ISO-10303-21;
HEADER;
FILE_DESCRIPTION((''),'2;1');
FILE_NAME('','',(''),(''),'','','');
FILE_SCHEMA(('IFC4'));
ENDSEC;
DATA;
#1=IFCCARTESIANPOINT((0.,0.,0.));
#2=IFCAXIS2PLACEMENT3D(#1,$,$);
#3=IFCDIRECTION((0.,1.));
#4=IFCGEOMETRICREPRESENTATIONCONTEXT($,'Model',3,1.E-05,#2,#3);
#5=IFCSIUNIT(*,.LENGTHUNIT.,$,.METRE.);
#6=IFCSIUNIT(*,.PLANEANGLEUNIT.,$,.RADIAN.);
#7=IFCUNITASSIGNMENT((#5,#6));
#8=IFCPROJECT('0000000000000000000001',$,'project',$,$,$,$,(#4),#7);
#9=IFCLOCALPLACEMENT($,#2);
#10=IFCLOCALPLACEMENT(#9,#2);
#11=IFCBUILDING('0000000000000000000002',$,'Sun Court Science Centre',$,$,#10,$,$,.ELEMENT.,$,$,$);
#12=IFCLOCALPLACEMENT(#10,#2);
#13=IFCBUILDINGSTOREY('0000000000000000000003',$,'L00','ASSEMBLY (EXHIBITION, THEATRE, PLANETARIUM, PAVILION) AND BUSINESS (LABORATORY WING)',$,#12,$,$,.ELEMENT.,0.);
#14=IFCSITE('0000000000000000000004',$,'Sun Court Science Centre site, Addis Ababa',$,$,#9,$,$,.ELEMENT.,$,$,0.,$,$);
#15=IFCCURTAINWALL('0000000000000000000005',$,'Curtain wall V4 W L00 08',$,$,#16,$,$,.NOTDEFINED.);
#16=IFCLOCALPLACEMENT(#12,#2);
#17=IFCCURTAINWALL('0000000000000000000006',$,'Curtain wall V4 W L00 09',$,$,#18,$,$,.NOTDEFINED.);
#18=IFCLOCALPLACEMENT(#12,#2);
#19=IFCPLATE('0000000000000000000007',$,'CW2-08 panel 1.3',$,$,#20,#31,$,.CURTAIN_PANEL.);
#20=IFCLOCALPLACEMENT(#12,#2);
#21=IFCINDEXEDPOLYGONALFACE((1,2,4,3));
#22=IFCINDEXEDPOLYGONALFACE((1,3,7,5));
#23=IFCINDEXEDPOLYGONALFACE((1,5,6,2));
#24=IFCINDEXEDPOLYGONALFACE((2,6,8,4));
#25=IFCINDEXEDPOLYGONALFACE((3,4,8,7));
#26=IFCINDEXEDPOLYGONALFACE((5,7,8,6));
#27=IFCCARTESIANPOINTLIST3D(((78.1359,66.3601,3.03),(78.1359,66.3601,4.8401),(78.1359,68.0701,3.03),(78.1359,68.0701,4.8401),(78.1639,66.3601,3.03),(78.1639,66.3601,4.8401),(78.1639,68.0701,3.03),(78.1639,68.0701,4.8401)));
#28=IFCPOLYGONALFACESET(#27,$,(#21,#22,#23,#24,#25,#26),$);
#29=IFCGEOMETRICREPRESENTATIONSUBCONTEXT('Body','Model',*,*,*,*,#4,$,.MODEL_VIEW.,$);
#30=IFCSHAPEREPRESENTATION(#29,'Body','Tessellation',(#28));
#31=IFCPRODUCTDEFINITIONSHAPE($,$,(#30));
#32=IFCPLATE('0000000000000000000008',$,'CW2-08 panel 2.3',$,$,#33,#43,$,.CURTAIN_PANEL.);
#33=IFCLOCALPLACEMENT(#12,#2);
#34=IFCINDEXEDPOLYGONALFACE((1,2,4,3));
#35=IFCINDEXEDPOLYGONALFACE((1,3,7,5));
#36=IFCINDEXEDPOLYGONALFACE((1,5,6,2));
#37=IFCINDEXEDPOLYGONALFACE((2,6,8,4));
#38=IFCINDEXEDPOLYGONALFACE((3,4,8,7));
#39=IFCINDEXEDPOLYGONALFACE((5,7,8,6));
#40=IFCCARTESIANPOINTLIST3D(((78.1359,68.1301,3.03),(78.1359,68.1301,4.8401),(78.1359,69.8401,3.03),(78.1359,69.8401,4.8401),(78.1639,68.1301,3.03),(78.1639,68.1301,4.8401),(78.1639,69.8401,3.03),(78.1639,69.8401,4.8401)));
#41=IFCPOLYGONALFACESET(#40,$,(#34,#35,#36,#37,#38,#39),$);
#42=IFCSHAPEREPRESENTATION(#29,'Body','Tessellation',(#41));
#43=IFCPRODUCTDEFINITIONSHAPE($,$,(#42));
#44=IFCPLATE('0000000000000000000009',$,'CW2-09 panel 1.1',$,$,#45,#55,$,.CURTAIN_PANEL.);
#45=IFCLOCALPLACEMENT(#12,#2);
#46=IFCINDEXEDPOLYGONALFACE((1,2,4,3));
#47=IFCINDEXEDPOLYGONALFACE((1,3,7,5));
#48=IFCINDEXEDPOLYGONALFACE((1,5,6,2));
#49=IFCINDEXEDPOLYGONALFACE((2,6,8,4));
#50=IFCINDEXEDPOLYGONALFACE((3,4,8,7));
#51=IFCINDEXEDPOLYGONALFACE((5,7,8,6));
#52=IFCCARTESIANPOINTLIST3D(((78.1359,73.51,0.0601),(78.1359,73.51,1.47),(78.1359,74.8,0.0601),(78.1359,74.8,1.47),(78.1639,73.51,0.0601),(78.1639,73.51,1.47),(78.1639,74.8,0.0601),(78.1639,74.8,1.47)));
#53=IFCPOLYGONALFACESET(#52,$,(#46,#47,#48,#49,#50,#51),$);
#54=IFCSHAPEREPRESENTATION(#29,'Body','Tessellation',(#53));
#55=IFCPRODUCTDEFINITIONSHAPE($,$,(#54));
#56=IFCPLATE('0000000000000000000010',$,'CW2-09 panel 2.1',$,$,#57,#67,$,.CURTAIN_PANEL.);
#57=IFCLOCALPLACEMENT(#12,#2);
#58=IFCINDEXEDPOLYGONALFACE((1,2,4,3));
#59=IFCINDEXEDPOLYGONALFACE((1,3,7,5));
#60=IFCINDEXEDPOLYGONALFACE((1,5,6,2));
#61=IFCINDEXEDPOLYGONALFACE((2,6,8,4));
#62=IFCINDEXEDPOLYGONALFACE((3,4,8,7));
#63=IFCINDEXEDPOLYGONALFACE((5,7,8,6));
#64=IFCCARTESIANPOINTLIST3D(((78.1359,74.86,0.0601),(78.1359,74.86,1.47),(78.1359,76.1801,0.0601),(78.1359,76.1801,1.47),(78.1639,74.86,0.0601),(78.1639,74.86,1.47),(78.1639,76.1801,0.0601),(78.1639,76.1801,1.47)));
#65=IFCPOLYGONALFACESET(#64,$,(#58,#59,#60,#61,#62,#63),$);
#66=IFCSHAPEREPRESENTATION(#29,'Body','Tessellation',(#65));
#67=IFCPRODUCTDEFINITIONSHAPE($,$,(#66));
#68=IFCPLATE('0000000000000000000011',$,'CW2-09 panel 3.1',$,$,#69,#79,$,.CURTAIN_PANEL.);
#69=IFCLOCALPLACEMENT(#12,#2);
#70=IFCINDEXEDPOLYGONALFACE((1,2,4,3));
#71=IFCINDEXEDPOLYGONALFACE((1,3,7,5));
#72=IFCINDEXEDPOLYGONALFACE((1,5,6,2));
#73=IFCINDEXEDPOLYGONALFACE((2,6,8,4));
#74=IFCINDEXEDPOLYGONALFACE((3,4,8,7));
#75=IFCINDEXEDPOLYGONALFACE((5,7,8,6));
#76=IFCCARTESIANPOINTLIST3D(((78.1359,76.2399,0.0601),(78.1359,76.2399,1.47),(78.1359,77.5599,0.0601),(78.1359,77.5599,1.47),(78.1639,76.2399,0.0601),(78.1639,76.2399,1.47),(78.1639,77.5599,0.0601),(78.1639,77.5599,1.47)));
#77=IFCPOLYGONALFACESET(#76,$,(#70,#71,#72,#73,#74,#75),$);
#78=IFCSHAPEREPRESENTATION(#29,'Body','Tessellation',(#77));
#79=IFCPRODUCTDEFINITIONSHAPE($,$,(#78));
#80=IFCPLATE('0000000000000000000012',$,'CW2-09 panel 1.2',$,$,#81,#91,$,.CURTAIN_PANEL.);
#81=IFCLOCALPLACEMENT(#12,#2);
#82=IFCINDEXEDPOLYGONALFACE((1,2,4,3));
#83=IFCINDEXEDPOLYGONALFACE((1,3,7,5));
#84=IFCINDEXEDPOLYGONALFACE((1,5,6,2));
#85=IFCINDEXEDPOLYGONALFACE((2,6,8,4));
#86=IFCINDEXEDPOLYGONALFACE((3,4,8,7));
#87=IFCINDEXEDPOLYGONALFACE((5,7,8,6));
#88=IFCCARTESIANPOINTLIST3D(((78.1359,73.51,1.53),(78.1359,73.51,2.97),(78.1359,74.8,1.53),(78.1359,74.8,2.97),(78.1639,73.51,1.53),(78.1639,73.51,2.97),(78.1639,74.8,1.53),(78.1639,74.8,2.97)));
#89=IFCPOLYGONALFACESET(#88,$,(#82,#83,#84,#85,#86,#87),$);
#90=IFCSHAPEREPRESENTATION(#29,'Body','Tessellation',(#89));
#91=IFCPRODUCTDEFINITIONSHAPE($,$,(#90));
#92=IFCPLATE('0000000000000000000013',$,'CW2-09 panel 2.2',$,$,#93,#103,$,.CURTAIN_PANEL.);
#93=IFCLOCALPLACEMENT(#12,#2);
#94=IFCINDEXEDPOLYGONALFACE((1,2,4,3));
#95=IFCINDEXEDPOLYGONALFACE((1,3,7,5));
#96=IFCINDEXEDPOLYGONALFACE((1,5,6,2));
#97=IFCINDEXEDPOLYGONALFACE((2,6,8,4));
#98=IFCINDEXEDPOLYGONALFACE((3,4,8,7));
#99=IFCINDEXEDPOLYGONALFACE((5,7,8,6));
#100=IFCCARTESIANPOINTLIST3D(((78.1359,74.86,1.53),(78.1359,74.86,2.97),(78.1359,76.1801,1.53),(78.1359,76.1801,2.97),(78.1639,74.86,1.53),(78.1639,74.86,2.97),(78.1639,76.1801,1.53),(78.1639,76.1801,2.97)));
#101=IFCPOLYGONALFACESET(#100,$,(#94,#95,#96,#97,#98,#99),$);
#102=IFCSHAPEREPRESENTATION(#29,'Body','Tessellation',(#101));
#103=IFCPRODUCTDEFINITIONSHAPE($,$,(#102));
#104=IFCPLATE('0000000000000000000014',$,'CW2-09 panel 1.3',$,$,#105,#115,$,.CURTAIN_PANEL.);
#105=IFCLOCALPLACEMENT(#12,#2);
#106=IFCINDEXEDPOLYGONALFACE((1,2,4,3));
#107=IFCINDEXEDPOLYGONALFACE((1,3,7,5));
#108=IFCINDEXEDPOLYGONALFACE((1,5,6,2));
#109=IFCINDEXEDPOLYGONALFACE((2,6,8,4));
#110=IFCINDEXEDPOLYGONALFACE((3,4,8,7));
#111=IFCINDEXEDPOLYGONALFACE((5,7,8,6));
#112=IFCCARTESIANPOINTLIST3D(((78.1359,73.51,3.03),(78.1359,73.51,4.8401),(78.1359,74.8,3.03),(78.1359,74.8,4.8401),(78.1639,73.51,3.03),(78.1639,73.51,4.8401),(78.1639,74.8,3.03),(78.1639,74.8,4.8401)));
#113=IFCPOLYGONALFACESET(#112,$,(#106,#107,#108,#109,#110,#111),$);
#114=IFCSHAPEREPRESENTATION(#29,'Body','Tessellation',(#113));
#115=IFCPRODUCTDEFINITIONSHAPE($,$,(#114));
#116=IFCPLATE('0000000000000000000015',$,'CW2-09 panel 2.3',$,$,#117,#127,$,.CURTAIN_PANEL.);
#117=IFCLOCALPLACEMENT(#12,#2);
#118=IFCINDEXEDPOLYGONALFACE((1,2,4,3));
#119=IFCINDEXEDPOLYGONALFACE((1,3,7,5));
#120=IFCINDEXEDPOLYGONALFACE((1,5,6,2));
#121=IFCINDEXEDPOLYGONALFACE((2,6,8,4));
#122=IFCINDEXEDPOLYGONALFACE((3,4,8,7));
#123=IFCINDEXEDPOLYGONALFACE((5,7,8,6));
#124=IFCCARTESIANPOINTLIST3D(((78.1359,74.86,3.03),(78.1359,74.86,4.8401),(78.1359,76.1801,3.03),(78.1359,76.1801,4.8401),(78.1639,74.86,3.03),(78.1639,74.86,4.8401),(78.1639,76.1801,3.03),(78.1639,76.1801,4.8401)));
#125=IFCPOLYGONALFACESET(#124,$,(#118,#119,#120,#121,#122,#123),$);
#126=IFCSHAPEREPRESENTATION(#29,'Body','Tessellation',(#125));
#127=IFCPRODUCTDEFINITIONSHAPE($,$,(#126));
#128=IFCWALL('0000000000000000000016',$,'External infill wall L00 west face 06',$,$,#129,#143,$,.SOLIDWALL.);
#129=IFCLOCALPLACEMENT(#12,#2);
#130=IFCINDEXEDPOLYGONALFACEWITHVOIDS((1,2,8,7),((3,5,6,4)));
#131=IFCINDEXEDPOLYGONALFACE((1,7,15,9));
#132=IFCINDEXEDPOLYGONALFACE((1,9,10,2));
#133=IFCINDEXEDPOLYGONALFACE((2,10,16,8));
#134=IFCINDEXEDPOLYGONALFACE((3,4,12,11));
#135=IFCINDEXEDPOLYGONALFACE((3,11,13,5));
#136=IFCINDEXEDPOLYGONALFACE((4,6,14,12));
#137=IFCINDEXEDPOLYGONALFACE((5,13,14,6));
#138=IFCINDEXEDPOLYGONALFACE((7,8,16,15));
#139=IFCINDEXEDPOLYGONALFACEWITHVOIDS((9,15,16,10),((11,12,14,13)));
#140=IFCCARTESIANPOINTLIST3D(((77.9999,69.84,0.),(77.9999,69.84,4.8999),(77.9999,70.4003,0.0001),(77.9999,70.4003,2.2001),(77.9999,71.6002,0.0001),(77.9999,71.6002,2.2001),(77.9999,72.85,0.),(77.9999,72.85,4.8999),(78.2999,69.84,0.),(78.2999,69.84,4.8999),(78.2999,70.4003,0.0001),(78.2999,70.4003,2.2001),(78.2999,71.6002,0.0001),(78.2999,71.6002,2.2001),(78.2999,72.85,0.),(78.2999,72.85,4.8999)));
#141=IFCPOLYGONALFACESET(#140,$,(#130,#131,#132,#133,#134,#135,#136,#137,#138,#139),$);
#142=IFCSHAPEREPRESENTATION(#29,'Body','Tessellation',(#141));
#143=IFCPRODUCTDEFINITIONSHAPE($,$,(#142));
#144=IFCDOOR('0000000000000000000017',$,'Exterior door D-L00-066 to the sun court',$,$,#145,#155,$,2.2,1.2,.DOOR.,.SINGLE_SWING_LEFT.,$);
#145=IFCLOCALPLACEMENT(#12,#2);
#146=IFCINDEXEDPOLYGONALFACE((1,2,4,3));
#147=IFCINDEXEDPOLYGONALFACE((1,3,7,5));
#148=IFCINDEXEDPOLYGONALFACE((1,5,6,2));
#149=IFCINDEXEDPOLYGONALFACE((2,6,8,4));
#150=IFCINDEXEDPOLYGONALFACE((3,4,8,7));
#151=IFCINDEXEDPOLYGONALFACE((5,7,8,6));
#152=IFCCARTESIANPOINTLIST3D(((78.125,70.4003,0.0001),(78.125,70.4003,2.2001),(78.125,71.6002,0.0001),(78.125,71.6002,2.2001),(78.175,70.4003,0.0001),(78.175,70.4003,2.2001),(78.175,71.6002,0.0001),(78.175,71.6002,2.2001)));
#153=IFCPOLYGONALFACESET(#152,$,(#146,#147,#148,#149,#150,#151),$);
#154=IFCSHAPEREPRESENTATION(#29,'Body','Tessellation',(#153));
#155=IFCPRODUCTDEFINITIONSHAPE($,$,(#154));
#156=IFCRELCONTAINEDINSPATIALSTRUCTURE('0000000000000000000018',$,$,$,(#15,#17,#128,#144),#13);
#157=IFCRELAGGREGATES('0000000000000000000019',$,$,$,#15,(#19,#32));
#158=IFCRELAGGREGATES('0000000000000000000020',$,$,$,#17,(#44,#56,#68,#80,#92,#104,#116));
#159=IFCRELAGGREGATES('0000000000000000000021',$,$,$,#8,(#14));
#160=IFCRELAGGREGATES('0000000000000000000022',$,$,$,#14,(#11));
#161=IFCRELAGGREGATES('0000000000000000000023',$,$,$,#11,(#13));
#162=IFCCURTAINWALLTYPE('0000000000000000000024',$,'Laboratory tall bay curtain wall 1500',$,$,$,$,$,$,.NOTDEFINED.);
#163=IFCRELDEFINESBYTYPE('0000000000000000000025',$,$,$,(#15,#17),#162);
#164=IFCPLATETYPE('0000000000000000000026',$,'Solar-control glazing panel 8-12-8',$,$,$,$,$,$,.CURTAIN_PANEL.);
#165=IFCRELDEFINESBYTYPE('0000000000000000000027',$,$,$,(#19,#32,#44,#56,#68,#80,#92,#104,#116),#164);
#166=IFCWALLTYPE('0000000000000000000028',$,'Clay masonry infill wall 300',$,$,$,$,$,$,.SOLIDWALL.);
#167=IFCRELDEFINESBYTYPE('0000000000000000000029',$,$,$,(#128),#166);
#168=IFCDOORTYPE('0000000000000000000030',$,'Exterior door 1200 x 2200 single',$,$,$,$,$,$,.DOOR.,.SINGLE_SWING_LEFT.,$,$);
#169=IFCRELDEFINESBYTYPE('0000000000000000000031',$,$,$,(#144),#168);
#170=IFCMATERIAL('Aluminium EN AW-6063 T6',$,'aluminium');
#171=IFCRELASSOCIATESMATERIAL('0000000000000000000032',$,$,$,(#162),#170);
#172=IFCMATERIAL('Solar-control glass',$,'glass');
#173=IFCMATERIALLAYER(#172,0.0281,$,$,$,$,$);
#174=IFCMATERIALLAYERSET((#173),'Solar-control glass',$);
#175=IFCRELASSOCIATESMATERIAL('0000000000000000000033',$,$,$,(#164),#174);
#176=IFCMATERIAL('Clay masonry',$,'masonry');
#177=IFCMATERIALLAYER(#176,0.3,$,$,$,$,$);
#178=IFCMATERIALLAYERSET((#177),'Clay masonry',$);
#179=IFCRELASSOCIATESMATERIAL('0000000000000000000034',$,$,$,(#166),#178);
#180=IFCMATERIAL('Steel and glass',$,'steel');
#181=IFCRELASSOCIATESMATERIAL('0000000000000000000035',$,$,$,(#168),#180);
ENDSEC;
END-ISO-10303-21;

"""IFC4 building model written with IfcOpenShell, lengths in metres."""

from ifc_helpers import new_model, si_unit, direction, frame, frame_2d, origin, origin_2d, place, context, subcontext, project, spatial, rectangle, extrude, material, layer, layer_set, type_object, element, fill, aggregate, save


model = new_model("IFC4")

# Units and contexts
model_context = context("Model", 3, precision=1e-05, world=origin(), true_north=direction((0.0, 1.0)))
body_context = subcontext(model_context, "Body", "Model", "MODEL_VIEW")
ifc_project = project(units=[si_unit("LENGTHUNIT", "METRE"), si_unit("PLANEANGLEUNIT", "RADIAN")], contexts=[model_context])

# Site, building, storey
site_placement = place(None, origin())
site = spatial("IfcSite", under=ifc_project, at=site_placement, Name="Sun Court Science Centre site, Addis Ababa", CompositionType="ELEMENT", RefElevation=0.0)
building_placement = place(site_placement, origin())
building = spatial("IfcBuilding", under=site, at=building_placement, Name="Sun Court Science Centre", CompositionType="ELEMENT")
storey_placement = place(building_placement, origin())
storey = spatial("IfcBuildingStorey", under=building, at=storey_placement, Name="L00", Description="ASSEMBLY (EXHIBITION, THEATRE, PLANETARIUM, PAVILION) AND BUSINESS (LABORATORY WING)", CompositionType="ELEMENT", Elevation=0.0)

# Curtain walls
ifc_material_1 = material(Name="Aluminium EN AW-6063 T6", Category="aluminium")
curtain_wall_type = type_object("IfcCurtainWallType", Name="Laboratory tall bay curtain wall 1500", PredefinedType="NOTDEFINED", material=ifc_material_1)
curtain_wall_1_placement = place(storey_placement, origin())
curtain_wall_1 = element("IfcCurtainWall", 1, at=curtain_wall_1_placement, inside=storey, type_object=curtain_wall_type, Name="Curtain wall V4 W L00 08", PredefinedType="NOTDEFINED")
curtain_wall_2_placement = place(storey_placement, origin())
curtain_wall_2 = element("IfcCurtainWall", 2, at=curtain_wall_2_placement, inside=storey, type_object=curtain_wall_type, Name="Curtain wall V4 W L00 09", PredefinedType="NOTDEFINED")

# Plates
ifc_material_2 = material(Name="Solar-control glass", Category="glass")
ifc_layer_1 = layer(ifc_material_2, 0.0281)
ifc_layer_set_1 = layer_set([ifc_layer_1], Name="Solar-control glass")
plate_type = type_object("IfcPlateType", Name="Solar-control glazing panel 8-12-8", PredefinedType="CURTAIN_PANEL", material=ifc_layer_set_1)
plate_1_placement = place(storey_placement, frame((78.1499, 67.2151, 3.03), z_axis=(0.0, 0.0, 1.0), x_axis=(0.0, 1.0, 0.0)))
plate_1 = element("IfcPlate", 3, at=plate_1_placement, type_object=plate_type, Name="CW2-08 panel 1.3", PredefinedType="CURTAIN_PANEL", context=body_context, shape_type="SweptSolid", body=[
    extrude(rectangle(XDim=1.71, YDim=0.0281, at=origin_2d()), origin(), (0.0, 0.0, 1.0), 1.8101),
])
plate_2_placement = place(storey_placement, frame((78.1499, 68.9851, 3.03), z_axis=(0.0, 0.0, 1.0), x_axis=(0.0, 1.0, 0.0)))
plate_2 = element("IfcPlate", 4, at=plate_2_placement, type_object=plate_type, Name="CW2-08 panel 2.3", PredefinedType="CURTAIN_PANEL", context=body_context, shape_type="SweptSolid", body=[
    extrude(rectangle(XDim=1.71, YDim=0.0281, at=origin_2d()), origin(), (0.0, 0.0, 1.0), 1.8101),
])
aggregate(curtain_wall_1, [plate_1, plate_2])
plate_3_placement = place(storey_placement, frame((78.1499, 74.155, 0.0601), z_axis=(0.0, 0.0, 1.0), x_axis=(0.0, 1.0, 0.0)))
plate_3 = element("IfcPlate", 5, at=plate_3_placement, type_object=plate_type, Name="CW2-09 panel 1.1", PredefinedType="CURTAIN_PANEL", context=body_context, shape_type="SweptSolid", body=[
    extrude(rectangle(XDim=1.29, YDim=0.0281, at=origin_2d()), origin(), (0.0, 0.0, 1.0), 1.4099),
])
plate_4_placement = place(storey_placement, frame((78.1499, 75.52, 0.0601), z_axis=(0.0, 0.0, 1.0), x_axis=(0.0, 1.0, 0.0)))
plate_4 = element("IfcPlate", 6, at=plate_4_placement, type_object=plate_type, Name="CW2-09 panel 2.1", PredefinedType="CURTAIN_PANEL", context=body_context, shape_type="SweptSolid", body=[
    extrude(rectangle(XDim=1.3201, YDim=0.0281, at=origin_2d()), origin(), (0.0, 0.0, 1.0), 1.4099),
])
plate_5_placement = place(storey_placement, frame((78.1499, 76.8999, 0.0601), z_axis=(0.0, 0.0, 1.0), x_axis=(0.0, 1.0, 0.0)))
plate_5 = element("IfcPlate", 7, at=plate_5_placement, type_object=plate_type, Name="CW2-09 panel 3.1", PredefinedType="CURTAIN_PANEL", context=body_context, shape_type="SweptSolid", body=[
    extrude(rectangle(XDim=1.3201, YDim=0.0281, at=origin_2d()), origin(), (0.0, 0.0, 1.0), 1.4099),
])
plate_6_placement = place(storey_placement, frame((78.1499, 74.155, 1.53), z_axis=(0.0, 0.0, 1.0), x_axis=(0.0, 1.0, 0.0)))
plate_6 = element("IfcPlate", 8, at=plate_6_placement, type_object=plate_type, Name="CW2-09 panel 1.2", PredefinedType="CURTAIN_PANEL", context=body_context, shape_type="SweptSolid", body=[
    extrude(rectangle(XDim=1.29, YDim=0.0281, at=origin_2d()), origin(), (0.0, 0.0, 1.0), 1.4399),
])
plate_7_placement = place(storey_placement, frame((78.1499, 75.52, 1.53), z_axis=(0.0, 0.0, 1.0), x_axis=(0.0, 1.0, 0.0)))
plate_7 = element("IfcPlate", 9, at=plate_7_placement, type_object=plate_type, Name="CW2-09 panel 2.2", PredefinedType="CURTAIN_PANEL", context=body_context, shape_type="SweptSolid", body=[
    extrude(rectangle(XDim=1.3201, YDim=0.0281, at=origin_2d()), origin(), (0.0, 0.0, 1.0), 1.4399),
])
plate_8_placement = place(storey_placement, frame((78.1499, 74.155, 3.03), z_axis=(0.0, 0.0, 1.0), x_axis=(0.0, 1.0, 0.0)))
plate_8 = element("IfcPlate", 10, at=plate_8_placement, type_object=plate_type, Name="CW2-09 panel 1.3", PredefinedType="CURTAIN_PANEL", context=body_context, shape_type="SweptSolid", body=[
    extrude(rectangle(XDim=1.29, YDim=0.0281, at=origin_2d()), origin(), (0.0, 0.0, 1.0), 1.8101),
])
plate_9_placement = place(storey_placement, frame((78.1499, 75.52, 3.03), z_axis=(0.0, 0.0, 1.0), x_axis=(0.0, 1.0, 0.0)))
plate_9 = element("IfcPlate", 11, at=plate_9_placement, type_object=plate_type, Name="CW2-09 panel 2.3", PredefinedType="CURTAIN_PANEL", context=body_context, shape_type="SweptSolid", body=[
    extrude(rectangle(XDim=1.3201, YDim=0.0281, at=origin_2d()), origin(), (0.0, 0.0, 1.0), 1.8101),
])
aggregate(curtain_wall_2, [plate_3, plate_4, plate_5, plate_6, plate_7, plate_8, plate_9])

# Wall, opening, door
ifc_material_3 = material(Name="Clay masonry", Category="masonry")
ifc_layer_2 = layer(ifc_material_3, 0.3)
ifc_layer_set_2 = layer_set([ifc_layer_2], Name="Clay masonry")
wall_type = type_object("IfcWallType", Name="Clay masonry infill wall 300", PredefinedType="SOLIDWALL", material=ifc_layer_set_2)
wall_placement = place(storey_placement, frame((78.1499, 69.8401, 0.0), z_axis=(0.0, 0.0, 1.0), x_axis=(0.0, 1.0, 0.0)))
wall = element("IfcWall", 12, at=wall_placement, inside=storey, type_object=wall_type, Name="External infill wall L00 west face 06", PredefinedType="SOLIDWALL", context=body_context, shape_type="SweptSolid", body=[
    extrude(rectangle(XDim=3.01, YDim=0.3, at=frame_2d((1.5049, 0.0))), origin(), (0.0, 0.0, 1.0), 4.8999),
])
opening_placement = place(wall_placement, frame((0.5601, 0.0, 0.0)))
opening = element("IfcOpeningElement", 13, at=opening_placement, cuts=wall, PredefinedType="OPENING", context=body_context, shape_type="SweptSolid", body=[
    extrude(rectangle(XDim=1.2, YDim=2.2, at=frame_2d((0.6001, 1.1001))), frame((0.0, 0.1599, 0.0), z_axis=(0.0, -1.0, 0.0), x_axis=(1.0, 0.0, 0.0)), (0.0, 0.0, 1.0), 0.3201),
])
ifc_material_4 = material(Name="Steel and glass", Category="steel")
door_type = type_object("IfcDoorType", Name="Exterior door 1200 x 2200 single", OperationType="SINGLE_SWING_LEFT", PredefinedType="DOOR", material=ifc_material_4)
door_placement = place(opening_placement, origin())
door = element("IfcDoor", 14, at=door_placement, inside=storey, type_object=door_type, Name="Exterior door D-L00-066 to the sun court", OperationType="SINGLE_SWING_LEFT", OverallHeight=2.2, OverallWidth=1.2, PredefinedType="DOOR", context=body_context, shape_type="SweptSolid", body=[
    extrude(rectangle(XDim=1.2, YDim=2.2, at=frame_2d((0.6001, 1.1001))), frame((0.0, 0.0249, 0.0), z_axis=(0.0, -1.0, 0.0), x_axis=(1.0, 0.0, 0.0)), (0.0, 0.0, 1.0), 0.05),
])
fill(opening, door)

save(model, "model.ifc")
